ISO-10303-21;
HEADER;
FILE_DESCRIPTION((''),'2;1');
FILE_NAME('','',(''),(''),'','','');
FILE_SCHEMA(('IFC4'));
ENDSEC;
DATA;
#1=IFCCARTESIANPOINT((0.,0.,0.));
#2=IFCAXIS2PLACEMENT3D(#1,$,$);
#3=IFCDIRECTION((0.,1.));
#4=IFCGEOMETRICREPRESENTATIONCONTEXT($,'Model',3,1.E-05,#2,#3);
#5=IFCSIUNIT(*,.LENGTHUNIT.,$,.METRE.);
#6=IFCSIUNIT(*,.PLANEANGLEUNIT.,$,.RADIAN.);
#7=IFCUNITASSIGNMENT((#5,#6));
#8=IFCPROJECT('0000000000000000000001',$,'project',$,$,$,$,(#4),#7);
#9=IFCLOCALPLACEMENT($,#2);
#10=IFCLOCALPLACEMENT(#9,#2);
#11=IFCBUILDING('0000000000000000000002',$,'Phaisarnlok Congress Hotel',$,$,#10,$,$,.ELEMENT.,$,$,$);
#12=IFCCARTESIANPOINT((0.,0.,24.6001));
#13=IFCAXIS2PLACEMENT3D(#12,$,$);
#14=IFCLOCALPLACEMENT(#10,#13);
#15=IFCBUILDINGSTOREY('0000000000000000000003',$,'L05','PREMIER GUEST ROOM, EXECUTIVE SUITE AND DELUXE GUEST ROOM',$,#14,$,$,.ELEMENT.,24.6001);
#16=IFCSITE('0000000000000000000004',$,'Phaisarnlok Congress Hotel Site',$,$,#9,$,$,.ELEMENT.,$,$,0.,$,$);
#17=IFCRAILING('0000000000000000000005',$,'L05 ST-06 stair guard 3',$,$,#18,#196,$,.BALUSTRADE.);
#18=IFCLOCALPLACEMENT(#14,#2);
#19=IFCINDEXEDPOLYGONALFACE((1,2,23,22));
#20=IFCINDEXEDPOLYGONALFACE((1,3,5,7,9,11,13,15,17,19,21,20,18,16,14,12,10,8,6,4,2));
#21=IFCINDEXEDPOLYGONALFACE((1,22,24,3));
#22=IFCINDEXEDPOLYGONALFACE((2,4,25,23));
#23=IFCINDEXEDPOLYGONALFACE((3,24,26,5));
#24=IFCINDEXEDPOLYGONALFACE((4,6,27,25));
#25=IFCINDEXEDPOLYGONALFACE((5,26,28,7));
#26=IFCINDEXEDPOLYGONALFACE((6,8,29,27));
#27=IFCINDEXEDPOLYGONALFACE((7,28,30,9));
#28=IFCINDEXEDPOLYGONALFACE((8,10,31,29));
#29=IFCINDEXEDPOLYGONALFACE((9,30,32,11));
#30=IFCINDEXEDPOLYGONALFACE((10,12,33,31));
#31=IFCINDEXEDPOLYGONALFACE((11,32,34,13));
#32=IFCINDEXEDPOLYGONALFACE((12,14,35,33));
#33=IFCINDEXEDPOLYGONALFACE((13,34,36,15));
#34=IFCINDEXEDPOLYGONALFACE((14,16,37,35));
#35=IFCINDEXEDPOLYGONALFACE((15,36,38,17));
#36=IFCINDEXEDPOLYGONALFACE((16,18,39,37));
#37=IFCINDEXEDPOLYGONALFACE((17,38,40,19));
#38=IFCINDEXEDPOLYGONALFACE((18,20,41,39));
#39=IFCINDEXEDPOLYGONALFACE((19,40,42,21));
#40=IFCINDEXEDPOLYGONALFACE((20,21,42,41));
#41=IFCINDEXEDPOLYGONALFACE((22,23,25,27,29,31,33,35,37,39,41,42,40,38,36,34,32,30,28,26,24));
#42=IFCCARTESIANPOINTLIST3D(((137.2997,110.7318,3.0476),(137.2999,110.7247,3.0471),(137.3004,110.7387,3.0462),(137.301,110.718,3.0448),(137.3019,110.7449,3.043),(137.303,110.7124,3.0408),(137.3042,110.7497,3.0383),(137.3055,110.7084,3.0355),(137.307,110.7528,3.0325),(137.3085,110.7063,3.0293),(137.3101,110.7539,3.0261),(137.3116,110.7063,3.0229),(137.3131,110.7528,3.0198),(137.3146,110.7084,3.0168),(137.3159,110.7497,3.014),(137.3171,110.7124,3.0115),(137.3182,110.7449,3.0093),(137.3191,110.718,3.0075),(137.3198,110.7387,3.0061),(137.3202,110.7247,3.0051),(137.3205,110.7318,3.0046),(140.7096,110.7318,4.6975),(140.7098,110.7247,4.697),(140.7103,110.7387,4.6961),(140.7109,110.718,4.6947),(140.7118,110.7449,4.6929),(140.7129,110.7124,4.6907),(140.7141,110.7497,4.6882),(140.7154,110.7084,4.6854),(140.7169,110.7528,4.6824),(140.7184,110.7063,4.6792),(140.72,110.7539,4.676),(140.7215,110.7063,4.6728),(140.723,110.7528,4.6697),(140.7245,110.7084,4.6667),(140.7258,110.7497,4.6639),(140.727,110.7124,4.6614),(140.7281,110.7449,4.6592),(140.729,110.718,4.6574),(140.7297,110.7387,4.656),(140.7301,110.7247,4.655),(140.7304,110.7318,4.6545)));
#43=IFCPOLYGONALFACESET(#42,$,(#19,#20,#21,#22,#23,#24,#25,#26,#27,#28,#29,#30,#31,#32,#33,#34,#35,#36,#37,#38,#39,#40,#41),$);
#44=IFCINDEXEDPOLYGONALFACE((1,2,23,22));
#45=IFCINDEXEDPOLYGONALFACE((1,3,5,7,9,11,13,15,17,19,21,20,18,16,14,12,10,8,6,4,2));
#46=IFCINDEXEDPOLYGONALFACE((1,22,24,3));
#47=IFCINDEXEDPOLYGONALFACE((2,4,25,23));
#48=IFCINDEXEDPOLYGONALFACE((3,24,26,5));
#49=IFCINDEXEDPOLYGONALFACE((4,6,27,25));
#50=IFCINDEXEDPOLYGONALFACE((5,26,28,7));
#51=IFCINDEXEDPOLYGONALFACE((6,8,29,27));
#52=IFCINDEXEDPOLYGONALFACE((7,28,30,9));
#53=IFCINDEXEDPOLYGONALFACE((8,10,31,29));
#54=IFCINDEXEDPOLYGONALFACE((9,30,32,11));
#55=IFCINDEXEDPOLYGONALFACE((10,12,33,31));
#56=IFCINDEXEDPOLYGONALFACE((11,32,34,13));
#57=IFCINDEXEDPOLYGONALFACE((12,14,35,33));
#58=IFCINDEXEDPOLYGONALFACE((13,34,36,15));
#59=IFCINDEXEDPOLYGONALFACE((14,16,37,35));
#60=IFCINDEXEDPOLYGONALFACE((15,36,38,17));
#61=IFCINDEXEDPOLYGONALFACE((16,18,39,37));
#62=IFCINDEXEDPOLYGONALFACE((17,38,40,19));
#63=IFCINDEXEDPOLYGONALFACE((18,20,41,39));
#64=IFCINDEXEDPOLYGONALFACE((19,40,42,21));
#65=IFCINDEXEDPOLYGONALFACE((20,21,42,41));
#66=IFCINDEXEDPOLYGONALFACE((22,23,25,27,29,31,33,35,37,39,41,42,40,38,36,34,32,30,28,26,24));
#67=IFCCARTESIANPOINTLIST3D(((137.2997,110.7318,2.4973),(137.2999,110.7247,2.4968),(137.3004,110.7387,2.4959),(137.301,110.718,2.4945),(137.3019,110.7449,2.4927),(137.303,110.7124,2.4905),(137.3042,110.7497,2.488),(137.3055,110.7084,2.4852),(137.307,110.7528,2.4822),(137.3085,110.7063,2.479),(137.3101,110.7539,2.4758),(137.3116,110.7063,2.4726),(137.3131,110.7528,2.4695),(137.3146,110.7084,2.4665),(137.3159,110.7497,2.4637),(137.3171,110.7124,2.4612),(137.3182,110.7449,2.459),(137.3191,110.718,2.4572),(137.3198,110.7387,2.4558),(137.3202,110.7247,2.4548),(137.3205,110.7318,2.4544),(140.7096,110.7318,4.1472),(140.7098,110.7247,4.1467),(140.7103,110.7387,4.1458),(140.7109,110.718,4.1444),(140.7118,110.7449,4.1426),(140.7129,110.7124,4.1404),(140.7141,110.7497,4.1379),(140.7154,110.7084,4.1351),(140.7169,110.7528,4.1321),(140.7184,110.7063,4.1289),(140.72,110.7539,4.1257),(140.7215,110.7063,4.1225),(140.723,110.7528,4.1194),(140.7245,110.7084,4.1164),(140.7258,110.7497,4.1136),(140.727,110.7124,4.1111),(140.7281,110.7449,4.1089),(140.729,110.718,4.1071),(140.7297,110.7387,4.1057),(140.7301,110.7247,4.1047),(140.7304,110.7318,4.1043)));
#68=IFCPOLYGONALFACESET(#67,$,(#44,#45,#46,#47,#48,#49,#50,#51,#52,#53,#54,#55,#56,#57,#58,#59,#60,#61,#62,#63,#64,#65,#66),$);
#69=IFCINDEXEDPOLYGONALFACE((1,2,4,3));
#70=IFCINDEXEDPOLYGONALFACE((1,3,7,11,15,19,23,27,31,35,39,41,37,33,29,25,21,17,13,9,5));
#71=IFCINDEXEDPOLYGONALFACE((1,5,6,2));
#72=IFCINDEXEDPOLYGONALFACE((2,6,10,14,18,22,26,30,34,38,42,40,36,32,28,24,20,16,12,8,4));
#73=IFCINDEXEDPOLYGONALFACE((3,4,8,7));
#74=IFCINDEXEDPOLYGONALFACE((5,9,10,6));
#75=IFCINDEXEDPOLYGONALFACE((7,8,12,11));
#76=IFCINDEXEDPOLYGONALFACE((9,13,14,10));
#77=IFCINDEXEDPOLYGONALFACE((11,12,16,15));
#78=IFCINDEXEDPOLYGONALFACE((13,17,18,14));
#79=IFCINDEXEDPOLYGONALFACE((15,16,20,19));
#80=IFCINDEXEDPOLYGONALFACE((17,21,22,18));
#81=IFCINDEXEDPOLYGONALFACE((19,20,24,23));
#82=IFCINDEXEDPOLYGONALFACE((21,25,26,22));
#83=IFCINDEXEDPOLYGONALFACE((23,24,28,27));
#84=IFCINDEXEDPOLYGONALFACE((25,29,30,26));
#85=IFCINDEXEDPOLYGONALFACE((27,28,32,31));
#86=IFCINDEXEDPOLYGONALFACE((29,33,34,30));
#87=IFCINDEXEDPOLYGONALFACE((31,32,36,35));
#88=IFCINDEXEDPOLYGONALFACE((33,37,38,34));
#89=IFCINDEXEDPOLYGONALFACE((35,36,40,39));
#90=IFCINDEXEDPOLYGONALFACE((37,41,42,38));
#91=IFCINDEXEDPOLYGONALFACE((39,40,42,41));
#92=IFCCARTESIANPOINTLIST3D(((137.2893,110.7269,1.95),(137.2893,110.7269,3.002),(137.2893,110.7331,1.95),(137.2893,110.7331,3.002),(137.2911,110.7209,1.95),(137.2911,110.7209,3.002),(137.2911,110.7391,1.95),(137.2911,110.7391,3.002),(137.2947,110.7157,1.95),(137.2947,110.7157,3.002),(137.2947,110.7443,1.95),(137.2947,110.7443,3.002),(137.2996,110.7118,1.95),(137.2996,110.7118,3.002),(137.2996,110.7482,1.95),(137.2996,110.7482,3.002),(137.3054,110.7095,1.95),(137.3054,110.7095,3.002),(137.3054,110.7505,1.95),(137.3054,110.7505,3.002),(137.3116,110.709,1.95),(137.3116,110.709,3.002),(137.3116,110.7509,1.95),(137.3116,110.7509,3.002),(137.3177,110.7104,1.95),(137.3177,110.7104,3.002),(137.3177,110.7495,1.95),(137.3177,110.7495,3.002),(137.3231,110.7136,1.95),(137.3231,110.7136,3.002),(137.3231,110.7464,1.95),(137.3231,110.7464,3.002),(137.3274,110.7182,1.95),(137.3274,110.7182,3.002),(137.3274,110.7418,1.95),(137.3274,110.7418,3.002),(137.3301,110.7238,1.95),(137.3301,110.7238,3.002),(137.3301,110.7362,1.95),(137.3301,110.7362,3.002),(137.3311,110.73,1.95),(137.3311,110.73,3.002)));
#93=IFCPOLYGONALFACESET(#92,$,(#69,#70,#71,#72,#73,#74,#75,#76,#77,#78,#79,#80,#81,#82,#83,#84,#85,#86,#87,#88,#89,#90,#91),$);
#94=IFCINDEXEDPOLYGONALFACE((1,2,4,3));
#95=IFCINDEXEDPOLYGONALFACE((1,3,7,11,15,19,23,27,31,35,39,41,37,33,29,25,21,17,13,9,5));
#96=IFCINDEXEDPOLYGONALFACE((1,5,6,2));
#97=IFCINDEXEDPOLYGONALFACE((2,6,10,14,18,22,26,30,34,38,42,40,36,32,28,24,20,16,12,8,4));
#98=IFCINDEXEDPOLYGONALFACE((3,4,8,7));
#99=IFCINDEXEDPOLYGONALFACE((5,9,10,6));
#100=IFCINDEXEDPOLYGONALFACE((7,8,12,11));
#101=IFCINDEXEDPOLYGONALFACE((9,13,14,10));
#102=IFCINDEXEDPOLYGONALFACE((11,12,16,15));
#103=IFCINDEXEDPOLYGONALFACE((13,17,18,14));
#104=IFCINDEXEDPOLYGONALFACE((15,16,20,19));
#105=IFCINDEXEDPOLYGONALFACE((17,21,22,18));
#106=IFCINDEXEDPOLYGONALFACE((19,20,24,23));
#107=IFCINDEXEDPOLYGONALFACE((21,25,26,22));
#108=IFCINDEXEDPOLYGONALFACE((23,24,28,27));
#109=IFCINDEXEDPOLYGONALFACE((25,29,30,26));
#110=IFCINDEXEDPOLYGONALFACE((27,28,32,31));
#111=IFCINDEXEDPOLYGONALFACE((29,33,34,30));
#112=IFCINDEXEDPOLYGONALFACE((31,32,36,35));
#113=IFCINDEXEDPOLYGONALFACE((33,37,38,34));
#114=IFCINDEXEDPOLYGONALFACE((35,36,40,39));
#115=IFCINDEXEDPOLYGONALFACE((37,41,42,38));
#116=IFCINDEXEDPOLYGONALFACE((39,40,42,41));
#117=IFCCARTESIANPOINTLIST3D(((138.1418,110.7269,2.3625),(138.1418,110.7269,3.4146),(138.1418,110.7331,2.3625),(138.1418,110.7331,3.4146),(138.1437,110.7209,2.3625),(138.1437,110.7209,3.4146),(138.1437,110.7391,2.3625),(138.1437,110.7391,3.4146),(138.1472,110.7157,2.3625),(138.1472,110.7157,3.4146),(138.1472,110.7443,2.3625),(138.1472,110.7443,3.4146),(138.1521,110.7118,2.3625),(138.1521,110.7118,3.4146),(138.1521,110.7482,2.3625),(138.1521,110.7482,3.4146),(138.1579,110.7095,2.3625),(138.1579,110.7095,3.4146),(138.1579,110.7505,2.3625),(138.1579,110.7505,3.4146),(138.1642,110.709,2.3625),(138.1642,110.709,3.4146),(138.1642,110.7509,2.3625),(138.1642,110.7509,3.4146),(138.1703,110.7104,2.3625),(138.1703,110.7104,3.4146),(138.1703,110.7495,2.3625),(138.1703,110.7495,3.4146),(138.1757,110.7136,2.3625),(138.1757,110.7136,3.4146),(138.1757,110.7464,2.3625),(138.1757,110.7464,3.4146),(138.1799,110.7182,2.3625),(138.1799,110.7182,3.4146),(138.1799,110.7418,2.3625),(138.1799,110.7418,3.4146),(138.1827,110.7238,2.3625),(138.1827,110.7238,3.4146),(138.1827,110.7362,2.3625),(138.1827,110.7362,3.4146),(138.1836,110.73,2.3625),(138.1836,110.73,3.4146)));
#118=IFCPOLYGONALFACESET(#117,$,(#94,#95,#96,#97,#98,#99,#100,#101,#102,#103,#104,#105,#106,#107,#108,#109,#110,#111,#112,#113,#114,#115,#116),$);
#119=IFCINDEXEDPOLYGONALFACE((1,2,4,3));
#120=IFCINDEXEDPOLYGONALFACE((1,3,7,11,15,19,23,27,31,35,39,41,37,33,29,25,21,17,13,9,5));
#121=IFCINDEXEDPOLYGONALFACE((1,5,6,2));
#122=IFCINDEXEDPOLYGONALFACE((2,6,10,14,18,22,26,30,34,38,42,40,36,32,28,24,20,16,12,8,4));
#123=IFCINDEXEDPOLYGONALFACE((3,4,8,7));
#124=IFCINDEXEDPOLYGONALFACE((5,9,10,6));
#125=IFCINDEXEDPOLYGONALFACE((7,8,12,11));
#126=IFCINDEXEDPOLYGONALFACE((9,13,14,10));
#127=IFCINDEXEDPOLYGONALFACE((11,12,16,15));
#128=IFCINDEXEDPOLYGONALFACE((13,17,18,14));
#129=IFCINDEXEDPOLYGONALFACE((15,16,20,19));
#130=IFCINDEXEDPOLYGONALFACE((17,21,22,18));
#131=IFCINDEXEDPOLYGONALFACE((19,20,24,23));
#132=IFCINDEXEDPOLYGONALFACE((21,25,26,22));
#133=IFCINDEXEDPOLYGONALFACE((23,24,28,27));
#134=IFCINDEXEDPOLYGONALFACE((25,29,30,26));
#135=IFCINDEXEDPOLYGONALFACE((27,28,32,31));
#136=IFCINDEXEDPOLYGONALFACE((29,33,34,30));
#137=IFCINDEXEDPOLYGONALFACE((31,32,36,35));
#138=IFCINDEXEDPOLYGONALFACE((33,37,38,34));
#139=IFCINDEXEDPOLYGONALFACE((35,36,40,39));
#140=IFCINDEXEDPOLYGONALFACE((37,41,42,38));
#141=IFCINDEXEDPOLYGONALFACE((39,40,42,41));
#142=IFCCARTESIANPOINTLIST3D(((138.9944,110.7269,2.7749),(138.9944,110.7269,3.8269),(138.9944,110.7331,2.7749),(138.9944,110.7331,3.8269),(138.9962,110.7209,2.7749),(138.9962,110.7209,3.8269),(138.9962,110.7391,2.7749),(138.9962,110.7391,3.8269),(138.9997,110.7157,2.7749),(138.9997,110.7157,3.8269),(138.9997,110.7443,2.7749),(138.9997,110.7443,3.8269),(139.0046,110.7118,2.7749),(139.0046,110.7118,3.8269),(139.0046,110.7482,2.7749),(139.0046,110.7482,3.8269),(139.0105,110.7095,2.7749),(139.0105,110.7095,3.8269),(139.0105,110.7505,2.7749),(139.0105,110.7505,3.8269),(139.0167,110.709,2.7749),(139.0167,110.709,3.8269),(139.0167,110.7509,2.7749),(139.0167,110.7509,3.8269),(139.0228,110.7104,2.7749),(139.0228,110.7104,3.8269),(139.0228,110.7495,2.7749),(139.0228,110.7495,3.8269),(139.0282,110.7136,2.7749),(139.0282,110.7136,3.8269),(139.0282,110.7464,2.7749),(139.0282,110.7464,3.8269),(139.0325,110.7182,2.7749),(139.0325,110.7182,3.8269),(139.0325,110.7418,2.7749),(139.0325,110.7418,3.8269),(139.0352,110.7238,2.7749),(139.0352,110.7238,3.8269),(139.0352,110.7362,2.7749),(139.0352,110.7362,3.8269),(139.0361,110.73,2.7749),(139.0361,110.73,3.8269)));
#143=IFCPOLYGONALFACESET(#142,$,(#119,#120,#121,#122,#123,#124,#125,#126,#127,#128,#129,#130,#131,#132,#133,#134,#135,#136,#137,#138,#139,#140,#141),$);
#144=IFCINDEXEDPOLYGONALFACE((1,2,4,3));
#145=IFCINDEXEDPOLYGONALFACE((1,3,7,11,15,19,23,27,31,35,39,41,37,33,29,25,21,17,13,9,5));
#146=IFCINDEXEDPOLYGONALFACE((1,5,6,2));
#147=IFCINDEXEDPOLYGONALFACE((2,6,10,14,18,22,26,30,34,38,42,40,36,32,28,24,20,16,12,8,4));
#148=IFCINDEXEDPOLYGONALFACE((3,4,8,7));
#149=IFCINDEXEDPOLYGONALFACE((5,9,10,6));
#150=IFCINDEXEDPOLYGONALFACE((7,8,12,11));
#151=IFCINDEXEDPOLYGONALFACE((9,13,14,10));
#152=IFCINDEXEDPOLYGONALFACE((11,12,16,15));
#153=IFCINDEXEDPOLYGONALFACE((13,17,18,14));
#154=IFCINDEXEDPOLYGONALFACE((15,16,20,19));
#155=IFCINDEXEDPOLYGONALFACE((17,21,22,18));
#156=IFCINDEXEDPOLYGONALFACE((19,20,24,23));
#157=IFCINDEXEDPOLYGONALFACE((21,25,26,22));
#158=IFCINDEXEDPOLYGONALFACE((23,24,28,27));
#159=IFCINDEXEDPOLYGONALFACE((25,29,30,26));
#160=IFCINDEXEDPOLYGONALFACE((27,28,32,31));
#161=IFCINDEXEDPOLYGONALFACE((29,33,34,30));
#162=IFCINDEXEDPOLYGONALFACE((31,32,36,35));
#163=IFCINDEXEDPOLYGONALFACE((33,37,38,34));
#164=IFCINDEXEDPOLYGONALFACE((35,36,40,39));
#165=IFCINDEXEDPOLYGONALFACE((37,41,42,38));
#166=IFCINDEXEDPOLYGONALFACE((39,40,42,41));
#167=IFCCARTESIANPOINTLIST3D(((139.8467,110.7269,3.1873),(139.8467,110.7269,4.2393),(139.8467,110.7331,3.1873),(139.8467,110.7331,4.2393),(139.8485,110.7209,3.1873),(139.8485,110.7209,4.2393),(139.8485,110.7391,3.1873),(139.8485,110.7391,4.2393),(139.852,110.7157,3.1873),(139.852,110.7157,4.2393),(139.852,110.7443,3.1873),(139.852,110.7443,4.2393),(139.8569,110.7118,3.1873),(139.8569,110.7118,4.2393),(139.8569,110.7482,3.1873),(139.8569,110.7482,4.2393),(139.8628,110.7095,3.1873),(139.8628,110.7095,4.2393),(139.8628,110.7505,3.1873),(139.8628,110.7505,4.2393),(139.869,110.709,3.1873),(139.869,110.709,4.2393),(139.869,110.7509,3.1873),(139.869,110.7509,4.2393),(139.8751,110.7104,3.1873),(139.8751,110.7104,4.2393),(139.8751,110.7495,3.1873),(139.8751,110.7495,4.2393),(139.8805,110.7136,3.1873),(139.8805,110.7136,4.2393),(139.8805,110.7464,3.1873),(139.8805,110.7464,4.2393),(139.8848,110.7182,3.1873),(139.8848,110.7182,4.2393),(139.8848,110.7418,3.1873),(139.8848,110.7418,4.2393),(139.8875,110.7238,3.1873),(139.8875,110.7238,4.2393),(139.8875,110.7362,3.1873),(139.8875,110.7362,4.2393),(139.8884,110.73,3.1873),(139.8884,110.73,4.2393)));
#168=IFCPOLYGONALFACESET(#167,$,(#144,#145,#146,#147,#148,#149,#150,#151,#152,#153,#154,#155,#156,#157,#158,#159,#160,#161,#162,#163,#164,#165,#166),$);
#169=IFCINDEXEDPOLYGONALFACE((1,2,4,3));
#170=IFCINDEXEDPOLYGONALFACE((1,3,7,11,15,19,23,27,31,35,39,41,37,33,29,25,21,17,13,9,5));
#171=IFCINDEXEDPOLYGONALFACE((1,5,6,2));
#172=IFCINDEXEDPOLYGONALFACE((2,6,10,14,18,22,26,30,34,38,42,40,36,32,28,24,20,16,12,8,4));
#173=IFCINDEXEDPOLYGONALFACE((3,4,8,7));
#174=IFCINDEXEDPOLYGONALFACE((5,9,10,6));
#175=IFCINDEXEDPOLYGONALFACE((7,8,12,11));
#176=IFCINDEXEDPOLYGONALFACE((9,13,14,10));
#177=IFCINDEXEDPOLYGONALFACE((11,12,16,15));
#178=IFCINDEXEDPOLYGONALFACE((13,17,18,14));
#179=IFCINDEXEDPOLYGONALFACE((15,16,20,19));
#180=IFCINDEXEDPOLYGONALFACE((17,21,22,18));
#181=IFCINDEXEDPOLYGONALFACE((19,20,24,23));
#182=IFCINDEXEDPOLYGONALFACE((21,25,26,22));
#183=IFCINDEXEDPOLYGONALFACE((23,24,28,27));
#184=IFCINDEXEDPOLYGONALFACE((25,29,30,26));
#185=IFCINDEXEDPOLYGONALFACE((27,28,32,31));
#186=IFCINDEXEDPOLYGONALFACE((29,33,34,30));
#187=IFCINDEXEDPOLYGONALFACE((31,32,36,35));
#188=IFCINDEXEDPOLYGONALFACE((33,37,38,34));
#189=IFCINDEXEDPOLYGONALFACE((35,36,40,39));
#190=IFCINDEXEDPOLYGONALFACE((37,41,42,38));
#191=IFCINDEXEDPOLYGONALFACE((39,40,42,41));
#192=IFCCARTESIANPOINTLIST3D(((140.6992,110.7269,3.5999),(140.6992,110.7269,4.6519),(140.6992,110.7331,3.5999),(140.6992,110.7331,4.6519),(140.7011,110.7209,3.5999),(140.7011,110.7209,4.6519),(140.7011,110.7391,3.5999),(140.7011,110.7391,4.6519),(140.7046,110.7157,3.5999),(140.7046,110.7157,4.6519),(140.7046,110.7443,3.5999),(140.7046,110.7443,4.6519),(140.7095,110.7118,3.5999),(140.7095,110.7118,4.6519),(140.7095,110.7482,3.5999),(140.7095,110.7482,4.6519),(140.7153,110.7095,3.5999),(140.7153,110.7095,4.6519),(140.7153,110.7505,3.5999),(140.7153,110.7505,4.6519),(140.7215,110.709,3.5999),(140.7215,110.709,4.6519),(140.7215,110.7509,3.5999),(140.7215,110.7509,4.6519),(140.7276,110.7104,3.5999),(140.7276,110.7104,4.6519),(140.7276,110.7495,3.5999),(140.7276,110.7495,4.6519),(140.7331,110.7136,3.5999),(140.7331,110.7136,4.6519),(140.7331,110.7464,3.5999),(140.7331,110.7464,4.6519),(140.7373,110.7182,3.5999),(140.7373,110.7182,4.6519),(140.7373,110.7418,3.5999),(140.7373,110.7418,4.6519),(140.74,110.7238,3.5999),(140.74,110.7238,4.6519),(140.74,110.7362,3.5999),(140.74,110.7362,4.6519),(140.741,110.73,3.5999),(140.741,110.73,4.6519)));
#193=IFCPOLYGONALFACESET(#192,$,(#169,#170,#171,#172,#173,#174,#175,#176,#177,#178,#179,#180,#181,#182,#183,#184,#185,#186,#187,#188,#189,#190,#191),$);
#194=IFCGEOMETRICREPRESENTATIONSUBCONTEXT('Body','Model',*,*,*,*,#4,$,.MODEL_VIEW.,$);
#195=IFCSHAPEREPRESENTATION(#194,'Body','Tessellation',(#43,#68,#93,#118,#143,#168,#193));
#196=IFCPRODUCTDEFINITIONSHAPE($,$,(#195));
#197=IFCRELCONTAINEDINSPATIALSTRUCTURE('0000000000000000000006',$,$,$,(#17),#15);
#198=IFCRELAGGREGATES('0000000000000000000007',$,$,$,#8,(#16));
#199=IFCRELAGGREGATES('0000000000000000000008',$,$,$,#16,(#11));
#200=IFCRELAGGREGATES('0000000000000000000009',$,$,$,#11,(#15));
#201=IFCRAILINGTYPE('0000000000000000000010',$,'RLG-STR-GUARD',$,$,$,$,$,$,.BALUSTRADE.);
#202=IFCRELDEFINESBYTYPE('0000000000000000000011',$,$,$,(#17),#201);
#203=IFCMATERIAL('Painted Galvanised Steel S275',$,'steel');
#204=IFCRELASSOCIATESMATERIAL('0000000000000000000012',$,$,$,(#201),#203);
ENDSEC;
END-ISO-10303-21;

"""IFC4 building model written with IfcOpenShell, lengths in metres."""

from ifc_helpers import new_model, si_unit, direction, frame, origin, origin_2d, place, context, subcontext, project, spatial, circle, extrude, material, type_object, element, save


model = new_model("IFC4")

# Units and contexts
model_context = context("Model", 3, precision=1e-05, world=origin(), true_north=direction((0.0, 1.0)))
body_context = subcontext(model_context, "Body", "Model", "MODEL_VIEW")
ifc_project = project(units=[si_unit("LENGTHUNIT", "METRE"), si_unit("PLANEANGLEUNIT", "RADIAN")], contexts=[model_context])

# Site, building, storey
site_placement = place(None, origin())
site = spatial("IfcSite", under=ifc_project, at=site_placement, Name="Phaisarnlok Congress Hotel Site", CompositionType="ELEMENT", RefElevation=0.0)
building_placement = place(site_placement, origin())
building = spatial("IfcBuilding", under=site, at=building_placement, Name="Phaisarnlok Congress Hotel", CompositionType="ELEMENT")
storey_placement = place(building_placement, frame((0.0, 0.0, 24.6001)))
storey = spatial("IfcBuildingStorey", under=building, at=storey_placement, Name="L05", Description="PREMIER GUEST ROOM, EXECUTIVE SUITE AND DELUXE GUEST ROOM", CompositionType="ELEMENT", Elevation=24.6001)

# Railing
ifc_material_1 = material(Name="Painted Galvanised Steel S275", Category="steel")
railing_type_1 = type_object("IfcRailingType", Name="RLG-STR-GUARD", PredefinedType="BALUSTRADE", material=ifc_material_1)
railing_1_placement = place(storey_placement, frame((137.3101, 110.73, 1.95)))
element("IfcRailing", 1, at=railing_1_placement, inside=storey, type_object=railing_type_1, Name="L05 ST-06 stair guard 3", PredefinedType="BALUSTRADE", context=body_context, shape_type="SweptSolid", body=[
    extrude(circle(Radius=0.0239, at=origin_2d()), frame((0.0, 0.0, 1.0762), z_axis=(0.900165, 0.0, 0.435549), x_axis=(0.0, 1.0, 0.0)), (0.0, 0.0, 1.0), 3.7881),
    extrude(circle(Radius=0.0239, at=origin_2d()), frame((0.0, 0.0, 0.5259), z_axis=(0.900165, 0.0, 0.435549), x_axis=(0.0, 1.0, 0.0)), (0.0, 0.0, 1.0), 3.7881),
    extrude(circle(Radius=0.021, at=origin_2d()), origin(), (0.0, 0.0, 1.0), 1.052),
    extrude(circle(Radius=0.021, at=origin_2d()), frame((0.8525, 0.0, 0.4126)), (0.0, 0.0, 1.0), 1.052),
    extrude(circle(Radius=0.021, at=origin_2d()), frame((1.7051, 0.0, 0.825)), (0.0, 0.0, 1.0), 1.052),
    extrude(circle(Radius=0.021, at=origin_2d()), frame((2.5574, 0.0, 1.2373)), (0.0, 0.0, 1.0), 1.052),
    extrude(circle(Radius=0.021, at=origin_2d()), frame((3.4099, 0.0, 1.6499)), (0.0, 0.0, 1.0), 1.052),
])

save(model, "model.ifc")
